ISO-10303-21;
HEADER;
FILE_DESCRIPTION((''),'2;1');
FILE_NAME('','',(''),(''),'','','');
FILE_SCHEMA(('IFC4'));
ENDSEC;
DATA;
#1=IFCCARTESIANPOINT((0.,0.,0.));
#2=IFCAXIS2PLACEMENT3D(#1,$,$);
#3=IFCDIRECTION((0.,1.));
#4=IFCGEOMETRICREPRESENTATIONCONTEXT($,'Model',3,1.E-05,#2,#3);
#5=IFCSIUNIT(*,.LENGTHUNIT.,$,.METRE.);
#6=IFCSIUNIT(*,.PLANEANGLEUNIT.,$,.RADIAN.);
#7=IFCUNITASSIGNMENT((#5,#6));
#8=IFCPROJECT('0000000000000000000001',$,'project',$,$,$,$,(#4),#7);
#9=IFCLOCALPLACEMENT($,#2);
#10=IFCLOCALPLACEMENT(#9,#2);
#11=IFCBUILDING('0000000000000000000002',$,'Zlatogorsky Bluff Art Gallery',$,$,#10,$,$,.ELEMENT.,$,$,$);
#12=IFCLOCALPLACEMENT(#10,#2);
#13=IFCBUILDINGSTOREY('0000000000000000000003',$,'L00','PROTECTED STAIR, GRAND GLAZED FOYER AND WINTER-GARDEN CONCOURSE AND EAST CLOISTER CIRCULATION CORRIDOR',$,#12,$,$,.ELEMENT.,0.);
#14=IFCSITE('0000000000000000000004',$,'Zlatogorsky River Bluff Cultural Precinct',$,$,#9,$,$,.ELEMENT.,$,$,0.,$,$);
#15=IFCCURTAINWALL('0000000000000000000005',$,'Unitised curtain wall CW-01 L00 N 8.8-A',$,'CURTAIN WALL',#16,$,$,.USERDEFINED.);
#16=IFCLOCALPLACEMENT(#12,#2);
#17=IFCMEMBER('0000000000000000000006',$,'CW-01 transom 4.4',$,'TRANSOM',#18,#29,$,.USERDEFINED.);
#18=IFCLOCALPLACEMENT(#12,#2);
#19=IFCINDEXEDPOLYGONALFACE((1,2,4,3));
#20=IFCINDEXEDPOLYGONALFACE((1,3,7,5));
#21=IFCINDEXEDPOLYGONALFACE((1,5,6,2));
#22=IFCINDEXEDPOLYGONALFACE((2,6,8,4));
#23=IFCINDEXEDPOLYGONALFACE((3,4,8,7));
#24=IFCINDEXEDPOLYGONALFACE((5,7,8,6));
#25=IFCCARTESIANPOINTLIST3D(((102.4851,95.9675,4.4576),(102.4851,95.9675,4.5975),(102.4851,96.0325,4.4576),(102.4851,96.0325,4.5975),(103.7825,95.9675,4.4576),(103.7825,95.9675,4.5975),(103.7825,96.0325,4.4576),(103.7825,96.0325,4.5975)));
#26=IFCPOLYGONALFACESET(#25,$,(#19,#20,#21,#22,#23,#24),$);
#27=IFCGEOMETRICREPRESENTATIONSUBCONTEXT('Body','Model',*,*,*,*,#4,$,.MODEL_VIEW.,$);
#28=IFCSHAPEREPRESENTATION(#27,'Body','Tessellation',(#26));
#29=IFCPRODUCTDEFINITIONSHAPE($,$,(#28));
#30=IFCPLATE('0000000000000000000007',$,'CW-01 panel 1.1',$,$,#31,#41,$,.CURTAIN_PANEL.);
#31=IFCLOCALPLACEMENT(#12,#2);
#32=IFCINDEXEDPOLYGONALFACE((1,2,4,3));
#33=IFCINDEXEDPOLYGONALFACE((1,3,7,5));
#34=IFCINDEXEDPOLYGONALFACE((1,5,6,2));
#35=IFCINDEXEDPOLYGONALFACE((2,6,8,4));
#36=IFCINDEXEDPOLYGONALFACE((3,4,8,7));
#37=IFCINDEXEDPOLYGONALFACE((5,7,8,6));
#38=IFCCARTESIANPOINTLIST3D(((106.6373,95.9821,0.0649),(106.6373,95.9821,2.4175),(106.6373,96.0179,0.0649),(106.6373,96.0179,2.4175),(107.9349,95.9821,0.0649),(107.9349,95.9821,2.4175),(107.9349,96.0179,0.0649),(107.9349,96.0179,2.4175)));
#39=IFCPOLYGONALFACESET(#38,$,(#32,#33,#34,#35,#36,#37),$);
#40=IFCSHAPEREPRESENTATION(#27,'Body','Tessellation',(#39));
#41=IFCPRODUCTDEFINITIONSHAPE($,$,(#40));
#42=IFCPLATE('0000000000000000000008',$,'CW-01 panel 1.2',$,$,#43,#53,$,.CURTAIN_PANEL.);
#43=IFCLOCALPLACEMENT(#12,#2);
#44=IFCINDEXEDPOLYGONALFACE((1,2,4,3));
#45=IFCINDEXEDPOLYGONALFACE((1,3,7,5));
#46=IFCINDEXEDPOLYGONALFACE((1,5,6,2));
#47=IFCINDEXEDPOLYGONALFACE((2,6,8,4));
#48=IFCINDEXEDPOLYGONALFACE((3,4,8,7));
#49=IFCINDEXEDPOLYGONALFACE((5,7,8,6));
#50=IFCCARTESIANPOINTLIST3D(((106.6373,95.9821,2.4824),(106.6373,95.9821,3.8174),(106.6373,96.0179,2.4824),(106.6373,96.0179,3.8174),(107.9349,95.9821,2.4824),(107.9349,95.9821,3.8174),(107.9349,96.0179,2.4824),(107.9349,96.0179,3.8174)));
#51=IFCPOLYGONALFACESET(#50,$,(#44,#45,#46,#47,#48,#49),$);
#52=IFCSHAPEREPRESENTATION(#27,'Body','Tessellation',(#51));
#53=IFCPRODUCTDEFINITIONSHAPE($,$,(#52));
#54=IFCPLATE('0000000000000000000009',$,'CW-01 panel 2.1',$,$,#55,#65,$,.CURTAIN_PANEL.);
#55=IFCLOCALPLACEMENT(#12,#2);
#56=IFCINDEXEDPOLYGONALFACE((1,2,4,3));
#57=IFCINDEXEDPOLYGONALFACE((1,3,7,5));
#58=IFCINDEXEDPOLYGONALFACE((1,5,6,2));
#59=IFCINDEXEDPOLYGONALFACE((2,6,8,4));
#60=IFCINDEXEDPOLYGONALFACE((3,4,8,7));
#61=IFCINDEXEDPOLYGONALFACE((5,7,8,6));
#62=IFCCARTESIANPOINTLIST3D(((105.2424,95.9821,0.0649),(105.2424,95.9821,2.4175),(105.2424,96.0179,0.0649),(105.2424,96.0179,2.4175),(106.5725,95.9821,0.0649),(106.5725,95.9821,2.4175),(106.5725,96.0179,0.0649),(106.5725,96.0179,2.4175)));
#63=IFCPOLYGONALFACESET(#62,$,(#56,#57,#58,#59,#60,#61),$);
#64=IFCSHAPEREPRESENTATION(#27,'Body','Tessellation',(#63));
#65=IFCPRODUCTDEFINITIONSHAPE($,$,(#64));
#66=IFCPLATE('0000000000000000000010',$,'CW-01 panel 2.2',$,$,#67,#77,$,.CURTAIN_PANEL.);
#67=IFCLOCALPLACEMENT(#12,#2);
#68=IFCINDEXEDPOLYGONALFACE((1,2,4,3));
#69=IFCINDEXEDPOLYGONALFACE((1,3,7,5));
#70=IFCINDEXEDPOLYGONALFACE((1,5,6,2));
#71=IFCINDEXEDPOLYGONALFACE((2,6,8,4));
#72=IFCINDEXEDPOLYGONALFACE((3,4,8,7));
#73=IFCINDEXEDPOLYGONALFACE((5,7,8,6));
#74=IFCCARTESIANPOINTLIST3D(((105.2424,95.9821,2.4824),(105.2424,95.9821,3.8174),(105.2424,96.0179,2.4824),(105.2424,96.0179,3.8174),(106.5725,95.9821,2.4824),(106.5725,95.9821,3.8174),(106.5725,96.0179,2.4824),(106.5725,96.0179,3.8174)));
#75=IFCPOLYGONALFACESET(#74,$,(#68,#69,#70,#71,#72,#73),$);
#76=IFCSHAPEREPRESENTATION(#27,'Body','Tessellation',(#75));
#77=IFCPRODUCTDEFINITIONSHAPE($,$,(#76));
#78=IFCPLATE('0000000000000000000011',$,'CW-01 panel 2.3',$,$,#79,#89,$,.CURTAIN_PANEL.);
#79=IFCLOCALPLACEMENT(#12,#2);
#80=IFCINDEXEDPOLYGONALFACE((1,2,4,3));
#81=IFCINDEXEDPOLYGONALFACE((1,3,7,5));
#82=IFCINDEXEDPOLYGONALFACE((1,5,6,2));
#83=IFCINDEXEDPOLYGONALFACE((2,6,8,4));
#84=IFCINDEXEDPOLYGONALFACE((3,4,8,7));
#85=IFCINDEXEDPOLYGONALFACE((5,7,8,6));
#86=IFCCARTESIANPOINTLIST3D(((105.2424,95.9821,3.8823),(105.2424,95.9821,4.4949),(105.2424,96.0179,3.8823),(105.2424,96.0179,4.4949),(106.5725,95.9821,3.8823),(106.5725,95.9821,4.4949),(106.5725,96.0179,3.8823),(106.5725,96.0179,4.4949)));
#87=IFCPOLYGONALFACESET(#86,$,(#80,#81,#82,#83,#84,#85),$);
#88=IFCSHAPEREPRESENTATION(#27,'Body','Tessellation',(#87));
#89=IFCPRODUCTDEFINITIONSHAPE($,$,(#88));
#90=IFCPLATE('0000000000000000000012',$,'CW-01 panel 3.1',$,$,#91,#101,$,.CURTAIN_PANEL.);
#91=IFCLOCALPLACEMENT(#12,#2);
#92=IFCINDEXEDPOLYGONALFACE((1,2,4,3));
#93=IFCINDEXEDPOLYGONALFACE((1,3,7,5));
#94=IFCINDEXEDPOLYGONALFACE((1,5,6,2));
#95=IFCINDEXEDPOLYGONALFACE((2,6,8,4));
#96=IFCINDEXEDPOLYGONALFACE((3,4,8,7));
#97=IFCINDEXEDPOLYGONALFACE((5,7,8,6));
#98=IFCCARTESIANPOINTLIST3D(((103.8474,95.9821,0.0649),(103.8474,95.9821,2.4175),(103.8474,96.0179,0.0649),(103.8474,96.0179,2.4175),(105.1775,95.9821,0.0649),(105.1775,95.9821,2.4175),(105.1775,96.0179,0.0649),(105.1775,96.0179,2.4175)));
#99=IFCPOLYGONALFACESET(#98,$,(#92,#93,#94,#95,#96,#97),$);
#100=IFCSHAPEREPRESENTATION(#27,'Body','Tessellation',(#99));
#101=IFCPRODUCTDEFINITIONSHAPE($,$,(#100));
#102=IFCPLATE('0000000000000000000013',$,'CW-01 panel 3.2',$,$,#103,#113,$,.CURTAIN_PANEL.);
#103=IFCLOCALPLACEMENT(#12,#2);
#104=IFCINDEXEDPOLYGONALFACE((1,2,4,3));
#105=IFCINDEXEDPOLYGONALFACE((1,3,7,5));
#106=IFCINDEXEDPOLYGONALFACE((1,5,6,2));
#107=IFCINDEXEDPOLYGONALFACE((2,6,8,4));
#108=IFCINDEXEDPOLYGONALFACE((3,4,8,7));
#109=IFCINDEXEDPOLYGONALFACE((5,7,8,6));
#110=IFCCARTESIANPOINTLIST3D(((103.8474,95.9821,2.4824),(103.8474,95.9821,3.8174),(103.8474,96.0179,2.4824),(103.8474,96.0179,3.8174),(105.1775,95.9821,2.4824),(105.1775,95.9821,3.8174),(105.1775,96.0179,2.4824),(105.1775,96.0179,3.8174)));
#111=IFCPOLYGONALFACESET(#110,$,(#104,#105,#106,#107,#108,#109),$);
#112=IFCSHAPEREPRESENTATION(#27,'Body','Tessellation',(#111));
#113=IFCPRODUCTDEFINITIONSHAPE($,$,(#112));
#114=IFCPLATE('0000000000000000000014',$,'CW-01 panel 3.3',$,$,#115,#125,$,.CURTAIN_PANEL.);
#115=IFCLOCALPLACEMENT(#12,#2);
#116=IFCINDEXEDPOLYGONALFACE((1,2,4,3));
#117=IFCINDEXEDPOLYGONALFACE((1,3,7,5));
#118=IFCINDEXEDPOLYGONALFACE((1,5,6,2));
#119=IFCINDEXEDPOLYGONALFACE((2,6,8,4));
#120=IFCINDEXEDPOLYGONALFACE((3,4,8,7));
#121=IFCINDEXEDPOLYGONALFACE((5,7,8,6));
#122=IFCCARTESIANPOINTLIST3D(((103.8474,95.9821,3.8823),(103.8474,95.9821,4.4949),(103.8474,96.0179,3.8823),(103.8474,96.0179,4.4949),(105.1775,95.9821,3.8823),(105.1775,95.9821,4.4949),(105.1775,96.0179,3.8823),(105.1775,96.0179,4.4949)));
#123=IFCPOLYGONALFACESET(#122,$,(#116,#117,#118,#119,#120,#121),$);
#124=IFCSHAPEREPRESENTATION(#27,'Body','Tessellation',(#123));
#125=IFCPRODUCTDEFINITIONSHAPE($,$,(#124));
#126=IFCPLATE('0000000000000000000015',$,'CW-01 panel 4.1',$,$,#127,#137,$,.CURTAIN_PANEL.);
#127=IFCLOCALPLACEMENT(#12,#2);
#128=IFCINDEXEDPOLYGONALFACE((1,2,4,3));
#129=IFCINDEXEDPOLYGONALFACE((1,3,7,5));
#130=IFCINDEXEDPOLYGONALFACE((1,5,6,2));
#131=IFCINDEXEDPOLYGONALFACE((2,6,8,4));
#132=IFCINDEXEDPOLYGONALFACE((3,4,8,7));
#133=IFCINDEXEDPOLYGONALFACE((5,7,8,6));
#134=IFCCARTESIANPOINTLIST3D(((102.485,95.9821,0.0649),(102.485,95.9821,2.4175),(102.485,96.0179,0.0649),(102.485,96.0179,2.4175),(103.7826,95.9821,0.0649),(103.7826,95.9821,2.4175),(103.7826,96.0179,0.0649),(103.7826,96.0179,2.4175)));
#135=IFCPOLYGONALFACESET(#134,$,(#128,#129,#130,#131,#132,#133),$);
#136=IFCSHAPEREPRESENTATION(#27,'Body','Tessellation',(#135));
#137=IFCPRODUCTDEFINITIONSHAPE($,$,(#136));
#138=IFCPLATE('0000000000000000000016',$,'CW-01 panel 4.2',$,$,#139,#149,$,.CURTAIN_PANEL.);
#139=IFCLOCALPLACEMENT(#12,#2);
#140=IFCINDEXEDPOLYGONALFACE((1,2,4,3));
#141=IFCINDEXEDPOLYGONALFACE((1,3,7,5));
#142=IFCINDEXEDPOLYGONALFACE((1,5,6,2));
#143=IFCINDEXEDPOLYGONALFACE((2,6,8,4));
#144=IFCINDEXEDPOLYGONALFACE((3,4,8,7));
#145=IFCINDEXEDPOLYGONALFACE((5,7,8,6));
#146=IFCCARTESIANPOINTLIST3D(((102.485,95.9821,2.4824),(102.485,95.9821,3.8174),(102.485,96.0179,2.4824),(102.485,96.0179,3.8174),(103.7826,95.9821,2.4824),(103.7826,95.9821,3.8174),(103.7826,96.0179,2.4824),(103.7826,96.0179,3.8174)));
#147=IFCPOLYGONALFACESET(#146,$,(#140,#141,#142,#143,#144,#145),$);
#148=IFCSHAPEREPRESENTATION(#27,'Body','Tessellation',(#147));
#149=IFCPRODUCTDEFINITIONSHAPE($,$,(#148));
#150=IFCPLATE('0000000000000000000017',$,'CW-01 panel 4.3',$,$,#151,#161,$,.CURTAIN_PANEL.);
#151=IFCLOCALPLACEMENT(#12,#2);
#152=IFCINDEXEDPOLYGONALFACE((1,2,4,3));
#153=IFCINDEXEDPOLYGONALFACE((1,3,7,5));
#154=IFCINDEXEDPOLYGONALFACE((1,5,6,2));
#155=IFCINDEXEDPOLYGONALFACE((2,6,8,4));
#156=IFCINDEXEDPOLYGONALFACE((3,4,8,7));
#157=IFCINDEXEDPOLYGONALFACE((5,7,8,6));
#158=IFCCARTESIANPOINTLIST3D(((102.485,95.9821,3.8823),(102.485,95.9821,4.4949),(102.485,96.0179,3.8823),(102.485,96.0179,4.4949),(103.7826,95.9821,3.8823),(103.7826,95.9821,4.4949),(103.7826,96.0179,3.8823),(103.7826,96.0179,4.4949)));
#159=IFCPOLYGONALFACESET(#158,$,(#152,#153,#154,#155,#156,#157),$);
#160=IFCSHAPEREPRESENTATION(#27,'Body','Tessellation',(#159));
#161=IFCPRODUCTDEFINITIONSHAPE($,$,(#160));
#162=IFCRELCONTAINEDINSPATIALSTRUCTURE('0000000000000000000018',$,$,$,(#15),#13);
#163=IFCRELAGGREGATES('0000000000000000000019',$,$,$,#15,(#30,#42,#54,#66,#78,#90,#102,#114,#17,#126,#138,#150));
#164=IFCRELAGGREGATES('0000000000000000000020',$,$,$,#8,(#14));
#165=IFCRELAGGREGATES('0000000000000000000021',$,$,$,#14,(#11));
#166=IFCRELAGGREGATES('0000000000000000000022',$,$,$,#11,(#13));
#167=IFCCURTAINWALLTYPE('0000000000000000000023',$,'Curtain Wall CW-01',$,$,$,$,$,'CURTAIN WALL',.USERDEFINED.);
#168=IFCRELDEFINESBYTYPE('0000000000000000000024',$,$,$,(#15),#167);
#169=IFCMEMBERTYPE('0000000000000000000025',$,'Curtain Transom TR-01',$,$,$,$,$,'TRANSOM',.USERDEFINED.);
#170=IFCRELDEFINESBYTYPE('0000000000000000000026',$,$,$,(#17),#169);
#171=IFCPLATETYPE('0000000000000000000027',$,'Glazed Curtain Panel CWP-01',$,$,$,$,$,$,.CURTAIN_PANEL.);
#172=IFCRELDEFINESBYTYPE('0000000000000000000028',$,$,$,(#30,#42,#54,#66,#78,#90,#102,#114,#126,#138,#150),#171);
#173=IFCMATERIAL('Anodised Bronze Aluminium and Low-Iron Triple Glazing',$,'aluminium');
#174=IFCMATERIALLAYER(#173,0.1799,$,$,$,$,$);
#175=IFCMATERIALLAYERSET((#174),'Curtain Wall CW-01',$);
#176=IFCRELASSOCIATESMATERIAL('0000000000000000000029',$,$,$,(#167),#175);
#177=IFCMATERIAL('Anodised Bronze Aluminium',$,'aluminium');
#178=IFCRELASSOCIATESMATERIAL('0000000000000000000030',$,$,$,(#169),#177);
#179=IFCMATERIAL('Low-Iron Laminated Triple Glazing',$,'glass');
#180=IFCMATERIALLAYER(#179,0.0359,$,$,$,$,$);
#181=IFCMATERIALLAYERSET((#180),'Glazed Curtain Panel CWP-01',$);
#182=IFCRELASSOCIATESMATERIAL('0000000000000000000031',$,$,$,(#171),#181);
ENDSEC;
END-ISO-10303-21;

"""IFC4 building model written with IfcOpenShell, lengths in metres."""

from ifc_helpers import new_model, si_unit, direction, frame, origin, origin_2d, place, context, subcontext, project, spatial, rectangle, extrude, material, layer, layer_set, material_profile, profile_set, type_object, element, aggregate, save


model = new_model("IFC4")

# Units and contexts
model_context = context("Model", 3, precision=1e-05, world=origin(), true_north=direction((0.0, 1.0)))
body_context = subcontext(model_context, "Body", "Model", "MODEL_VIEW")
ifc_project = project(units=[si_unit("LENGTHUNIT", "METRE"), si_unit("PLANEANGLEUNIT", "RADIAN")], contexts=[model_context])

# Site, building, storey
site_placement = place(None, origin())
site = spatial("IfcSite", under=ifc_project, at=site_placement, Name="Zlatogorsky River Bluff Cultural Precinct", CompositionType="ELEMENT", RefElevation=0.0)
building_placement = place(site_placement, origin())
building = spatial("IfcBuilding", under=site, at=building_placement, Name="Zlatogorsky Bluff Art Gallery", CompositionType="ELEMENT")
storey_placement = place(building_placement, origin())
storey = spatial("IfcBuildingStorey", under=building, at=storey_placement, Name="L00", Description="PROTECTED STAIR, GRAND GLAZED FOYER AND WINTER-GARDEN CONCOURSE AND EAST CLOISTER CIRCULATION CORRIDOR", CompositionType="ELEMENT", Elevation=0.0)

# Curtain wall, member, plates
ifc_material_1 = material(Name="Anodised Bronze Aluminium and Low-Iron Triple Glazing", Category="aluminium")
ifc_layer_1 = layer(ifc_material_1, 0.1799)
ifc_layer_set_1 = layer_set([ifc_layer_1], Name="Curtain Wall CW-01")
curtain_wall_type = type_object("IfcCurtainWallType", Name="Curtain Wall CW-01", ElementType="CURTAIN WALL", PredefinedType="USERDEFINED", material=ifc_layer_set_1)
curtain_wall_placement = place(storey_placement, origin())
curtain_wall = element("IfcCurtainWall", 1, at=curtain_wall_placement, inside=storey, type_object=curtain_wall_type, Name="Unitised curtain wall CW-01 L00 N 8.8-A", ObjectType="CURTAIN WALL", PredefinedType="USERDEFINED")
ifc_material_2 = material(Name="Anodised Bronze Aluminium", Category="aluminium")
ifc_material_profile_1 = material_profile(ifc_material_2, rectangle(XDim=0.0649, YDim=0.1399, at=origin_2d()), Name="ALU TRANSOM 65x140")
ifc_profile_set_1 = profile_set([ifc_material_profile_1], Name="Anodised Bronze Aluminium")
member_type_1 = type_object("IfcMemberType", Name="Curtain Transom TR-01", ElementType="TRANSOM", PredefinedType="USERDEFINED", material=ifc_profile_set_1)
member_1_placement = place(storey_placement, frame((103.7825, 96.0, 4.5276), z_axis=(-1.0, 0.0, 0.0), x_axis=(0.0, -1.0, 0.0)))
member_1 = element("IfcMember", 2, at=member_1_placement, type_object=member_type_1, Name="CW-01 transom 4.4", ObjectType="TRANSOM", PredefinedType="USERDEFINED", context=body_context, shape_type="SweptSolid", body=[
    extrude(rectangle(XDim=0.0649, YDim=0.1399, at=origin_2d()), origin(), (0.0, 0.0, 1.0), 1.2974),
])
ifc_material_3 = material(Name="Low-Iron Laminated Triple Glazing", Category="glass")
ifc_layer_2 = layer(ifc_material_3, 0.0359)
ifc_layer_set_2 = layer_set([ifc_layer_2], Name="Glazed Curtain Panel CWP-01")
plate_type = type_object("IfcPlateType", Name="Glazed Curtain Panel CWP-01", PredefinedType="CURTAIN_PANEL", material=ifc_layer_set_2)
plate_1_placement = place(storey_placement, frame((107.2861, 96.0, 0.0649), z_axis=(0.0, 0.0, 1.0), x_axis=(-1.0, 0.0, 0.0)))
plate_1 = element("IfcPlate", 3, at=plate_1_placement, type_object=plate_type, Name="CW-01 panel 1.1", PredefinedType="CURTAIN_PANEL", context=body_context, shape_type="SweptSolid", body=[
    extrude(rectangle(XDim=1.2976, YDim=0.0359, at=origin_2d()), origin(), (0.0, 0.0, 1.0), 2.3525),
])
plate_2_placement = place(storey_placement, frame((107.2861, 96.0, 2.4824), z_axis=(0.0, 0.0, 1.0), x_axis=(-1.0, 0.0, 0.0)))
plate_2 = element("IfcPlate", 4, at=plate_2_placement, type_object=plate_type, Name="CW-01 panel 1.2", PredefinedType="CURTAIN_PANEL", context=body_context, shape_type="SweptSolid", body=[
    extrude(rectangle(XDim=1.2976, YDim=0.0359, at=origin_2d()), origin(), (0.0, 0.0, 1.0), 1.335),
])
plate_3_placement = place(storey_placement, frame((105.9075, 96.0, 0.0649), z_axis=(0.0, 0.0, 1.0), x_axis=(-1.0, 0.0, 0.0)))
plate_3 = element("IfcPlate", 5, at=plate_3_placement, type_object=plate_type, Name="CW-01 panel 2.1", PredefinedType="CURTAIN_PANEL", context=body_context, shape_type="SweptSolid", body=[
    extrude(rectangle(XDim=1.3301, YDim=0.0359, at=origin_2d()), origin(), (0.0, 0.0, 1.0), 2.3525),
])
plate_4_placement = place(storey_placement, frame((105.9075, 96.0, 2.4824), z_axis=(0.0, 0.0, 1.0), x_axis=(-1.0, 0.0, 0.0)))
plate_4 = element("IfcPlate", 6, at=plate_4_placement, type_object=plate_type, Name="CW-01 panel 2.2", PredefinedType="CURTAIN_PANEL", context=body_context, shape_type="SweptSolid", body=[
    extrude(rectangle(XDim=1.3301, YDim=0.0359, at=origin_2d()), origin(), (0.0, 0.0, 1.0), 1.335),
])
plate_5_placement = place(storey_placement, frame((105.9075, 96.0, 3.8823), z_axis=(0.0, 0.0, 1.0), x_axis=(-1.0, 0.0, 0.0)))
plate_5 = element("IfcPlate", 7, at=plate_5_placement, type_object=plate_type, Name="CW-01 panel 2.3", PredefinedType="CURTAIN_PANEL", context=body_context, shape_type="SweptSolid", body=[
    extrude(rectangle(XDim=1.3301, YDim=0.0359, at=origin_2d()), origin(), (0.0, 0.0, 1.0), 0.6125),
])
plate_6_placement = place(storey_placement, frame((104.5125, 96.0, 0.0649), z_axis=(0.0, 0.0, 1.0), x_axis=(-1.0, 0.0, 0.0)))
plate_6 = element("IfcPlate", 8, at=plate_6_placement, type_object=plate_type, Name="CW-01 panel 3.1", PredefinedType="CURTAIN_PANEL", context=body_context, shape_type="SweptSolid", body=[
    extrude(rectangle(XDim=1.3301, YDim=0.0359, at=origin_2d()), origin(), (0.0, 0.0, 1.0), 2.3525),
])
plate_7_placement = place(storey_placement, frame((104.5125, 96.0, 2.4824), z_axis=(0.0, 0.0, 1.0), x_axis=(-1.0, 0.0, 0.0)))
plate_7 = element("IfcPlate", 9, at=plate_7_placement, type_object=plate_type, Name="CW-01 panel 3.2", PredefinedType="CURTAIN_PANEL", context=body_context, shape_type="SweptSolid", body=[
    extrude(rectangle(XDim=1.3301, YDim=0.0359, at=origin_2d()), origin(), (0.0, 0.0, 1.0), 1.335),
])
plate_8_placement = place(storey_placement, frame((104.5125, 96.0, 3.8823), z_axis=(0.0, 0.0, 1.0), x_axis=(-1.0, 0.0, 0.0)))
plate_8 = element("IfcPlate", 10, at=plate_8_placement, type_object=plate_type, Name="CW-01 panel 3.3", PredefinedType="CURTAIN_PANEL", context=body_context, shape_type="SweptSolid", body=[
    extrude(rectangle(XDim=1.3301, YDim=0.0359, at=origin_2d()), origin(), (0.0, 0.0, 1.0), 0.6125),
])
plate_9_placement = place(storey_placement, frame((103.1338, 96.0, 0.0649), z_axis=(0.0, 0.0, 1.0), x_axis=(-1.0, 0.0, 0.0)))
plate_9 = element("IfcPlate", 11, at=plate_9_placement, type_object=plate_type, Name="CW-01 panel 4.1", PredefinedType="CURTAIN_PANEL", context=body_context, shape_type="SweptSolid", body=[
    extrude(rectangle(XDim=1.2976, YDim=0.0359, at=origin_2d()), origin(), (0.0, 0.0, 1.0), 2.3525),
])
plate_10_placement = place(storey_placement, frame((103.1338, 96.0, 2.4824), z_axis=(0.0, 0.0, 1.0), x_axis=(-1.0, 0.0, 0.0)))
plate_10 = element("IfcPlate", 12, at=plate_10_placement, type_object=plate_type, Name="CW-01 panel 4.2", PredefinedType="CURTAIN_PANEL", context=body_context, shape_type="SweptSolid", body=[
    extrude(rectangle(XDim=1.2976, YDim=0.0359, at=origin_2d()), origin(), (0.0, 0.0, 1.0), 1.335),
])
plate_11_placement = place(storey_placement, frame((103.1338, 96.0, 3.8823), z_axis=(0.0, 0.0, 1.0), x_axis=(-1.0, 0.0, 0.0)))
plate_11 = element("IfcPlate", 13, at=plate_11_placement, type_object=plate_type, Name="CW-01 panel 4.3", PredefinedType="CURTAIN_PANEL", context=body_context, shape_type="SweptSolid", body=[
    extrude(rectangle(XDim=1.2976, YDim=0.0359, at=origin_2d()), origin(), (0.0, 0.0, 1.0), 0.6125),
])
aggregate(curtain_wall, [plate_1, plate_2, plate_3, plate_4, plate_5, plate_6, plate_7, plate_8, member_1, plate_9, plate_10, plate_11])

save(model, "model.ifc")
